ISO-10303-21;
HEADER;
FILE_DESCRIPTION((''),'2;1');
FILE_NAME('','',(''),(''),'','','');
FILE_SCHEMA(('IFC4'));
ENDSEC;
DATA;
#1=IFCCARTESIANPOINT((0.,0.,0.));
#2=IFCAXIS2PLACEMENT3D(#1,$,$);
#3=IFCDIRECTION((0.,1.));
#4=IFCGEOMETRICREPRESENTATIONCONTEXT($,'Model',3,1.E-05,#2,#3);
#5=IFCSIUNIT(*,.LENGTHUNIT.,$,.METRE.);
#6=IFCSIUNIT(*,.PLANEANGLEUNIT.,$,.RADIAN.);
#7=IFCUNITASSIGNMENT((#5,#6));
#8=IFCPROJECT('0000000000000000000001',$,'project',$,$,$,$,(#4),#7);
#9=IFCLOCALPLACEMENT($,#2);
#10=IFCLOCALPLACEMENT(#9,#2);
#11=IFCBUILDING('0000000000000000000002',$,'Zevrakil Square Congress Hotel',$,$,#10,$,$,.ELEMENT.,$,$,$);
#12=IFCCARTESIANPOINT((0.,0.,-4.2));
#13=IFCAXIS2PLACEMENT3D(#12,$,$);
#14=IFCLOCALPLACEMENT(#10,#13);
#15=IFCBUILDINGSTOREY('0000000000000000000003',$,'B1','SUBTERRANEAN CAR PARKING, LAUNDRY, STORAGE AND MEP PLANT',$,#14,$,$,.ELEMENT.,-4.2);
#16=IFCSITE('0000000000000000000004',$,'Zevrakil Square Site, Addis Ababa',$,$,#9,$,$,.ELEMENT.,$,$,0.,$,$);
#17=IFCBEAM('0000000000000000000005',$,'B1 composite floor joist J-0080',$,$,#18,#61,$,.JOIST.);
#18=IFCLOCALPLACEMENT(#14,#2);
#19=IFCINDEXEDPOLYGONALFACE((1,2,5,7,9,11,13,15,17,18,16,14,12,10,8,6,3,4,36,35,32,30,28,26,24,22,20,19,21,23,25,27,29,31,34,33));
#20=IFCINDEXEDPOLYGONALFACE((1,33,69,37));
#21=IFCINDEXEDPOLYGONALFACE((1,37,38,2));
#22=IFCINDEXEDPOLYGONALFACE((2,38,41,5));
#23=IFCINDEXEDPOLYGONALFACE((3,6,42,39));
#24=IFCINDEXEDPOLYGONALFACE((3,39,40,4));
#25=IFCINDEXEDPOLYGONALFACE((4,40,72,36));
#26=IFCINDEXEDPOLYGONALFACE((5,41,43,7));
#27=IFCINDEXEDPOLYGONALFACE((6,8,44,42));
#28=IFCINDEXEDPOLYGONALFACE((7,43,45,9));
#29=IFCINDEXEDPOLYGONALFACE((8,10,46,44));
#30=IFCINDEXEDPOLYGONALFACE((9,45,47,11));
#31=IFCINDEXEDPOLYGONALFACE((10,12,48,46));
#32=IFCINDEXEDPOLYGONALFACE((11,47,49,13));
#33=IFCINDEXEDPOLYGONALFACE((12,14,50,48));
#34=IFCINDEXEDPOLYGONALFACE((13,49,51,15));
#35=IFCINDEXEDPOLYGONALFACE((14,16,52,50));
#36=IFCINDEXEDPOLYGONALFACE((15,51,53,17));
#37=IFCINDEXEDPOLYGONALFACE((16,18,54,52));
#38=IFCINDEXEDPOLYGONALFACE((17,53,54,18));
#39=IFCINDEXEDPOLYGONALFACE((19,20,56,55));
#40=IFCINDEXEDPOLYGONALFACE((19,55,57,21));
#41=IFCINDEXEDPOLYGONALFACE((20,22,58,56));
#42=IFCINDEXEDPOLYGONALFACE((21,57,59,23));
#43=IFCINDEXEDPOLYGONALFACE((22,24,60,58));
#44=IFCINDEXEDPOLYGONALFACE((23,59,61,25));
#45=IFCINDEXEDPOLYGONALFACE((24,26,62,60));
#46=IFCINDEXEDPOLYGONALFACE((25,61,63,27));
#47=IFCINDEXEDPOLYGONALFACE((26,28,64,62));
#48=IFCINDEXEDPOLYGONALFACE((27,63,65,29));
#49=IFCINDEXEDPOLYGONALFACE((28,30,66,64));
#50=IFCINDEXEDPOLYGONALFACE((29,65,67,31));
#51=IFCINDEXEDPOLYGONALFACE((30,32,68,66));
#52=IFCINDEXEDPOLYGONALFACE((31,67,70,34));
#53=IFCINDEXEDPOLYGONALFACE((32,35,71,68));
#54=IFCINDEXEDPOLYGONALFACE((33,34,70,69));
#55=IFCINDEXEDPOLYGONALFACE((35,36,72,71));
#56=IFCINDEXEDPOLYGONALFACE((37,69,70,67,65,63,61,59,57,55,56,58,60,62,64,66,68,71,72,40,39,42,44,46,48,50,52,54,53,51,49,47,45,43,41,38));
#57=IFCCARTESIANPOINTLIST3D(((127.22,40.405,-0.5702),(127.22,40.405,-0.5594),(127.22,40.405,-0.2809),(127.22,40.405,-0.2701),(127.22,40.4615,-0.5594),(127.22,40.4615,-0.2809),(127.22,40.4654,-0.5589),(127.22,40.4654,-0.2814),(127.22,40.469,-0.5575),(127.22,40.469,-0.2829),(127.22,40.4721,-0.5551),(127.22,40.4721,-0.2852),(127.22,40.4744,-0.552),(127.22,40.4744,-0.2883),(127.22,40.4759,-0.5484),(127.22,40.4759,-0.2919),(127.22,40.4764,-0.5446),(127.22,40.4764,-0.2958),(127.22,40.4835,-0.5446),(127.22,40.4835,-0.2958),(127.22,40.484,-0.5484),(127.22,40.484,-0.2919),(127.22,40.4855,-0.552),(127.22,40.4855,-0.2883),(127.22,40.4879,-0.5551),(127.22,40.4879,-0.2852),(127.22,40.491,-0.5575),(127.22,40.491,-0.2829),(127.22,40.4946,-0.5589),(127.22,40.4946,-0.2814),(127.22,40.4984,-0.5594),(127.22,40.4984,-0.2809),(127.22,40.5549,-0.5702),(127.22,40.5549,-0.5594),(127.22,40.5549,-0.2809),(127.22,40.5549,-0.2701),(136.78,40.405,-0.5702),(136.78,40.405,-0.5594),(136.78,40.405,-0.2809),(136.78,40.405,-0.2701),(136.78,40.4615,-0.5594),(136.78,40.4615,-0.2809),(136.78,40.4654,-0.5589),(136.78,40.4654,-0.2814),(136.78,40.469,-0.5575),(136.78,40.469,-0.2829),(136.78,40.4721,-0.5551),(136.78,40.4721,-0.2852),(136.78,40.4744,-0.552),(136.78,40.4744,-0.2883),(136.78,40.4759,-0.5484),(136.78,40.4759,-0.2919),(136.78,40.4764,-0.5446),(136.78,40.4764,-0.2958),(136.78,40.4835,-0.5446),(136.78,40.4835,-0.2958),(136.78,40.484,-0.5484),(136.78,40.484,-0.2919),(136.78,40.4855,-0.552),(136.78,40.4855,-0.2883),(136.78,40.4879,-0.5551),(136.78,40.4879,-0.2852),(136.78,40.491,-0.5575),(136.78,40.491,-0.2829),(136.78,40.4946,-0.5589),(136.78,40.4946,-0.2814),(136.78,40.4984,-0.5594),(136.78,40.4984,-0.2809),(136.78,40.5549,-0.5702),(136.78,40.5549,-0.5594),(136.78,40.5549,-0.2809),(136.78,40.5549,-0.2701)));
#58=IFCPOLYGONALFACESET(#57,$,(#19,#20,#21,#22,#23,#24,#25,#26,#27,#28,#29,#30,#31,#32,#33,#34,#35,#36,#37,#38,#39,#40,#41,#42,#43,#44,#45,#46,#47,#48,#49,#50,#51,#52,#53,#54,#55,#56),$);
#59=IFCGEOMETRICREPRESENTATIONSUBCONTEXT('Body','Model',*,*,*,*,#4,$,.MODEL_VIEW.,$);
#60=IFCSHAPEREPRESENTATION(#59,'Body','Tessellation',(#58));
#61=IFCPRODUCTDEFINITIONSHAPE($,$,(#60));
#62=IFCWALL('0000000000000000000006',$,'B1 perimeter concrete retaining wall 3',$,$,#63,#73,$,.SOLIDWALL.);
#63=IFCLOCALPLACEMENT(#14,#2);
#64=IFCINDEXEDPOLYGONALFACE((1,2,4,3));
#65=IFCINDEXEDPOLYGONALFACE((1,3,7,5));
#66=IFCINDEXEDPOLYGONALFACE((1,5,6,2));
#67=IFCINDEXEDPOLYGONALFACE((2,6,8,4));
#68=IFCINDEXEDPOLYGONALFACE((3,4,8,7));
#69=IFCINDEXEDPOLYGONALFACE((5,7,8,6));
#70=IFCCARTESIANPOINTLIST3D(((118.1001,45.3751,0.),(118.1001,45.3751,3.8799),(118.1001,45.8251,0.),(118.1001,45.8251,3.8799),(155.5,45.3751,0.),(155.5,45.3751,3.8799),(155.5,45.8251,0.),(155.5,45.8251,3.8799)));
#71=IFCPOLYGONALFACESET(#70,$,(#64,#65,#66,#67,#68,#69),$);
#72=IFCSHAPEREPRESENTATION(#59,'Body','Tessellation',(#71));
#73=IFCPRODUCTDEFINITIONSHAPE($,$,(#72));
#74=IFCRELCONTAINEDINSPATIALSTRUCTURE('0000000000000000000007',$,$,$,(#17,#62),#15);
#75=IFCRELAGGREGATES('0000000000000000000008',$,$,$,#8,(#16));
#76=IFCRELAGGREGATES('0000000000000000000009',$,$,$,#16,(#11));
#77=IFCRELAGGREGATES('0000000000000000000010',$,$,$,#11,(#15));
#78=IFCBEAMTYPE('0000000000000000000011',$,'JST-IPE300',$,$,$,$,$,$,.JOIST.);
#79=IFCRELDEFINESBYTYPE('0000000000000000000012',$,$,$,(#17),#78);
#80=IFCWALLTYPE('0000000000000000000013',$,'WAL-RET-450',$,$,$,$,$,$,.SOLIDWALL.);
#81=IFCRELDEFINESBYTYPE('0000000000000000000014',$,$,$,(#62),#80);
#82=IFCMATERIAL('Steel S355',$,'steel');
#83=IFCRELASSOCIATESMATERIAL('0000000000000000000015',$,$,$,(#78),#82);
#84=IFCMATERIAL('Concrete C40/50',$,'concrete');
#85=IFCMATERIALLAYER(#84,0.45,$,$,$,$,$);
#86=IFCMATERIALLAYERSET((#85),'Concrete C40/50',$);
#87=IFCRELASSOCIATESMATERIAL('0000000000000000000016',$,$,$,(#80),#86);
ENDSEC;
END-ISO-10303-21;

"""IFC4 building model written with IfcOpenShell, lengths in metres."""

from ifc_helpers import new_model, si_unit, direction, frame, frame_2d, origin, origin_2d, place, context, subcontext, project, spatial, rectangle, i_section, extrude, material, layer, layer_set, material_profile, profile_set, type_object, element, save


model = new_model("IFC4")

# Units and contexts
model_context = context("Model", 3, precision=1e-05, world=origin(), true_north=direction((0.0, 1.0)))
body_context = subcontext(model_context, "Body", "Model", "MODEL_VIEW")
ifc_project = project(units=[si_unit("LENGTHUNIT", "METRE"), si_unit("PLANEANGLEUNIT", "RADIAN")], contexts=[model_context])

# Site, building, storey
site_placement = place(None, origin())
site = spatial("IfcSite", under=ifc_project, at=site_placement, Name="Zevrakil Square Site, Addis Ababa", CompositionType="ELEMENT", RefElevation=0.0)
building_placement = place(site_placement, origin())
building = spatial("IfcBuilding", under=site, at=building_placement, Name="Zevrakil Square Congress Hotel", CompositionType="ELEMENT")
storey_placement = place(building_placement, frame((0.0, 0.0, -4.2)))
storey = spatial("IfcBuildingStorey", under=building, at=storey_placement, Name="B1", Description="SUBTERRANEAN CAR PARKING, LAUNDRY, STORAGE AND MEP PLANT", CompositionType="ELEMENT", Elevation=-4.2)

# Beam
ifc_material_1 = material(Name="Steel S355", Category="steel")
ifc_material_profile_1 = material_profile(ifc_material_1, i_section(OverallWidth=0.1499, OverallDepth=0.3, WebThickness=0.0071, FlangeThickness=0.0107, FilletRadius=0.0149, at=origin_2d()), Name="IPE 300")
ifc_profile_set_1 = profile_set([ifc_material_profile_1], Name="Steel S355")
beam_type_1 = type_object("IfcBeamType", Name="JST-IPE300", PredefinedType="JOIST", material=ifc_profile_set_1)
beam_1_placement = place(storey_placement, frame((127.22, 40.48, -0.4202), z_axis=(1.0, 0.0, 0.0), x_axis=(0.0, 1.0, 0.0)))
element("IfcBeam", 1, at=beam_1_placement, inside=storey, type_object=beam_type_1, Name="B1 composite floor joist J-0080", PredefinedType="JOIST", context=body_context, shape_type="SweptSolid", body=[
    extrude(i_section(OverallWidth=0.1499, OverallDepth=0.3, WebThickness=0.0071, FlangeThickness=0.0107, FilletRadius=0.0149, at=origin_2d()), origin(), (0.0, 0.0, 1.0), 9.5601),
])

# Wall
ifc_material_2 = material(Name="Concrete C40/50", Category="concrete")
ifc_layer = layer(ifc_material_2, 0.45)
ifc_layer_set = layer_set([ifc_layer], Name="Concrete C40/50")
wall_type = type_object("IfcWallType", Name="WAL-RET-450", PredefinedType="SOLIDWALL", material=ifc_layer_set)
wall_placement = place(storey_placement, frame((155.5, 45.6001, 0.0), z_axis=(0.0, 0.0, 1.0), x_axis=(-1.0, 0.0, 0.0)))
element("IfcWall", 2, at=wall_placement, inside=storey, type_object=wall_type, Name="B1 perimeter concrete retaining wall 3", PredefinedType="SOLIDWALL", context=body_context, shape_type="SweptSolid", body=[
    extrude(rectangle(XDim=37.3999, YDim=0.45, at=frame_2d((18.7, 0.0))), origin(), (0.0, 0.0, 1.0), 3.8799),
])

save(model, "model.ifc")
